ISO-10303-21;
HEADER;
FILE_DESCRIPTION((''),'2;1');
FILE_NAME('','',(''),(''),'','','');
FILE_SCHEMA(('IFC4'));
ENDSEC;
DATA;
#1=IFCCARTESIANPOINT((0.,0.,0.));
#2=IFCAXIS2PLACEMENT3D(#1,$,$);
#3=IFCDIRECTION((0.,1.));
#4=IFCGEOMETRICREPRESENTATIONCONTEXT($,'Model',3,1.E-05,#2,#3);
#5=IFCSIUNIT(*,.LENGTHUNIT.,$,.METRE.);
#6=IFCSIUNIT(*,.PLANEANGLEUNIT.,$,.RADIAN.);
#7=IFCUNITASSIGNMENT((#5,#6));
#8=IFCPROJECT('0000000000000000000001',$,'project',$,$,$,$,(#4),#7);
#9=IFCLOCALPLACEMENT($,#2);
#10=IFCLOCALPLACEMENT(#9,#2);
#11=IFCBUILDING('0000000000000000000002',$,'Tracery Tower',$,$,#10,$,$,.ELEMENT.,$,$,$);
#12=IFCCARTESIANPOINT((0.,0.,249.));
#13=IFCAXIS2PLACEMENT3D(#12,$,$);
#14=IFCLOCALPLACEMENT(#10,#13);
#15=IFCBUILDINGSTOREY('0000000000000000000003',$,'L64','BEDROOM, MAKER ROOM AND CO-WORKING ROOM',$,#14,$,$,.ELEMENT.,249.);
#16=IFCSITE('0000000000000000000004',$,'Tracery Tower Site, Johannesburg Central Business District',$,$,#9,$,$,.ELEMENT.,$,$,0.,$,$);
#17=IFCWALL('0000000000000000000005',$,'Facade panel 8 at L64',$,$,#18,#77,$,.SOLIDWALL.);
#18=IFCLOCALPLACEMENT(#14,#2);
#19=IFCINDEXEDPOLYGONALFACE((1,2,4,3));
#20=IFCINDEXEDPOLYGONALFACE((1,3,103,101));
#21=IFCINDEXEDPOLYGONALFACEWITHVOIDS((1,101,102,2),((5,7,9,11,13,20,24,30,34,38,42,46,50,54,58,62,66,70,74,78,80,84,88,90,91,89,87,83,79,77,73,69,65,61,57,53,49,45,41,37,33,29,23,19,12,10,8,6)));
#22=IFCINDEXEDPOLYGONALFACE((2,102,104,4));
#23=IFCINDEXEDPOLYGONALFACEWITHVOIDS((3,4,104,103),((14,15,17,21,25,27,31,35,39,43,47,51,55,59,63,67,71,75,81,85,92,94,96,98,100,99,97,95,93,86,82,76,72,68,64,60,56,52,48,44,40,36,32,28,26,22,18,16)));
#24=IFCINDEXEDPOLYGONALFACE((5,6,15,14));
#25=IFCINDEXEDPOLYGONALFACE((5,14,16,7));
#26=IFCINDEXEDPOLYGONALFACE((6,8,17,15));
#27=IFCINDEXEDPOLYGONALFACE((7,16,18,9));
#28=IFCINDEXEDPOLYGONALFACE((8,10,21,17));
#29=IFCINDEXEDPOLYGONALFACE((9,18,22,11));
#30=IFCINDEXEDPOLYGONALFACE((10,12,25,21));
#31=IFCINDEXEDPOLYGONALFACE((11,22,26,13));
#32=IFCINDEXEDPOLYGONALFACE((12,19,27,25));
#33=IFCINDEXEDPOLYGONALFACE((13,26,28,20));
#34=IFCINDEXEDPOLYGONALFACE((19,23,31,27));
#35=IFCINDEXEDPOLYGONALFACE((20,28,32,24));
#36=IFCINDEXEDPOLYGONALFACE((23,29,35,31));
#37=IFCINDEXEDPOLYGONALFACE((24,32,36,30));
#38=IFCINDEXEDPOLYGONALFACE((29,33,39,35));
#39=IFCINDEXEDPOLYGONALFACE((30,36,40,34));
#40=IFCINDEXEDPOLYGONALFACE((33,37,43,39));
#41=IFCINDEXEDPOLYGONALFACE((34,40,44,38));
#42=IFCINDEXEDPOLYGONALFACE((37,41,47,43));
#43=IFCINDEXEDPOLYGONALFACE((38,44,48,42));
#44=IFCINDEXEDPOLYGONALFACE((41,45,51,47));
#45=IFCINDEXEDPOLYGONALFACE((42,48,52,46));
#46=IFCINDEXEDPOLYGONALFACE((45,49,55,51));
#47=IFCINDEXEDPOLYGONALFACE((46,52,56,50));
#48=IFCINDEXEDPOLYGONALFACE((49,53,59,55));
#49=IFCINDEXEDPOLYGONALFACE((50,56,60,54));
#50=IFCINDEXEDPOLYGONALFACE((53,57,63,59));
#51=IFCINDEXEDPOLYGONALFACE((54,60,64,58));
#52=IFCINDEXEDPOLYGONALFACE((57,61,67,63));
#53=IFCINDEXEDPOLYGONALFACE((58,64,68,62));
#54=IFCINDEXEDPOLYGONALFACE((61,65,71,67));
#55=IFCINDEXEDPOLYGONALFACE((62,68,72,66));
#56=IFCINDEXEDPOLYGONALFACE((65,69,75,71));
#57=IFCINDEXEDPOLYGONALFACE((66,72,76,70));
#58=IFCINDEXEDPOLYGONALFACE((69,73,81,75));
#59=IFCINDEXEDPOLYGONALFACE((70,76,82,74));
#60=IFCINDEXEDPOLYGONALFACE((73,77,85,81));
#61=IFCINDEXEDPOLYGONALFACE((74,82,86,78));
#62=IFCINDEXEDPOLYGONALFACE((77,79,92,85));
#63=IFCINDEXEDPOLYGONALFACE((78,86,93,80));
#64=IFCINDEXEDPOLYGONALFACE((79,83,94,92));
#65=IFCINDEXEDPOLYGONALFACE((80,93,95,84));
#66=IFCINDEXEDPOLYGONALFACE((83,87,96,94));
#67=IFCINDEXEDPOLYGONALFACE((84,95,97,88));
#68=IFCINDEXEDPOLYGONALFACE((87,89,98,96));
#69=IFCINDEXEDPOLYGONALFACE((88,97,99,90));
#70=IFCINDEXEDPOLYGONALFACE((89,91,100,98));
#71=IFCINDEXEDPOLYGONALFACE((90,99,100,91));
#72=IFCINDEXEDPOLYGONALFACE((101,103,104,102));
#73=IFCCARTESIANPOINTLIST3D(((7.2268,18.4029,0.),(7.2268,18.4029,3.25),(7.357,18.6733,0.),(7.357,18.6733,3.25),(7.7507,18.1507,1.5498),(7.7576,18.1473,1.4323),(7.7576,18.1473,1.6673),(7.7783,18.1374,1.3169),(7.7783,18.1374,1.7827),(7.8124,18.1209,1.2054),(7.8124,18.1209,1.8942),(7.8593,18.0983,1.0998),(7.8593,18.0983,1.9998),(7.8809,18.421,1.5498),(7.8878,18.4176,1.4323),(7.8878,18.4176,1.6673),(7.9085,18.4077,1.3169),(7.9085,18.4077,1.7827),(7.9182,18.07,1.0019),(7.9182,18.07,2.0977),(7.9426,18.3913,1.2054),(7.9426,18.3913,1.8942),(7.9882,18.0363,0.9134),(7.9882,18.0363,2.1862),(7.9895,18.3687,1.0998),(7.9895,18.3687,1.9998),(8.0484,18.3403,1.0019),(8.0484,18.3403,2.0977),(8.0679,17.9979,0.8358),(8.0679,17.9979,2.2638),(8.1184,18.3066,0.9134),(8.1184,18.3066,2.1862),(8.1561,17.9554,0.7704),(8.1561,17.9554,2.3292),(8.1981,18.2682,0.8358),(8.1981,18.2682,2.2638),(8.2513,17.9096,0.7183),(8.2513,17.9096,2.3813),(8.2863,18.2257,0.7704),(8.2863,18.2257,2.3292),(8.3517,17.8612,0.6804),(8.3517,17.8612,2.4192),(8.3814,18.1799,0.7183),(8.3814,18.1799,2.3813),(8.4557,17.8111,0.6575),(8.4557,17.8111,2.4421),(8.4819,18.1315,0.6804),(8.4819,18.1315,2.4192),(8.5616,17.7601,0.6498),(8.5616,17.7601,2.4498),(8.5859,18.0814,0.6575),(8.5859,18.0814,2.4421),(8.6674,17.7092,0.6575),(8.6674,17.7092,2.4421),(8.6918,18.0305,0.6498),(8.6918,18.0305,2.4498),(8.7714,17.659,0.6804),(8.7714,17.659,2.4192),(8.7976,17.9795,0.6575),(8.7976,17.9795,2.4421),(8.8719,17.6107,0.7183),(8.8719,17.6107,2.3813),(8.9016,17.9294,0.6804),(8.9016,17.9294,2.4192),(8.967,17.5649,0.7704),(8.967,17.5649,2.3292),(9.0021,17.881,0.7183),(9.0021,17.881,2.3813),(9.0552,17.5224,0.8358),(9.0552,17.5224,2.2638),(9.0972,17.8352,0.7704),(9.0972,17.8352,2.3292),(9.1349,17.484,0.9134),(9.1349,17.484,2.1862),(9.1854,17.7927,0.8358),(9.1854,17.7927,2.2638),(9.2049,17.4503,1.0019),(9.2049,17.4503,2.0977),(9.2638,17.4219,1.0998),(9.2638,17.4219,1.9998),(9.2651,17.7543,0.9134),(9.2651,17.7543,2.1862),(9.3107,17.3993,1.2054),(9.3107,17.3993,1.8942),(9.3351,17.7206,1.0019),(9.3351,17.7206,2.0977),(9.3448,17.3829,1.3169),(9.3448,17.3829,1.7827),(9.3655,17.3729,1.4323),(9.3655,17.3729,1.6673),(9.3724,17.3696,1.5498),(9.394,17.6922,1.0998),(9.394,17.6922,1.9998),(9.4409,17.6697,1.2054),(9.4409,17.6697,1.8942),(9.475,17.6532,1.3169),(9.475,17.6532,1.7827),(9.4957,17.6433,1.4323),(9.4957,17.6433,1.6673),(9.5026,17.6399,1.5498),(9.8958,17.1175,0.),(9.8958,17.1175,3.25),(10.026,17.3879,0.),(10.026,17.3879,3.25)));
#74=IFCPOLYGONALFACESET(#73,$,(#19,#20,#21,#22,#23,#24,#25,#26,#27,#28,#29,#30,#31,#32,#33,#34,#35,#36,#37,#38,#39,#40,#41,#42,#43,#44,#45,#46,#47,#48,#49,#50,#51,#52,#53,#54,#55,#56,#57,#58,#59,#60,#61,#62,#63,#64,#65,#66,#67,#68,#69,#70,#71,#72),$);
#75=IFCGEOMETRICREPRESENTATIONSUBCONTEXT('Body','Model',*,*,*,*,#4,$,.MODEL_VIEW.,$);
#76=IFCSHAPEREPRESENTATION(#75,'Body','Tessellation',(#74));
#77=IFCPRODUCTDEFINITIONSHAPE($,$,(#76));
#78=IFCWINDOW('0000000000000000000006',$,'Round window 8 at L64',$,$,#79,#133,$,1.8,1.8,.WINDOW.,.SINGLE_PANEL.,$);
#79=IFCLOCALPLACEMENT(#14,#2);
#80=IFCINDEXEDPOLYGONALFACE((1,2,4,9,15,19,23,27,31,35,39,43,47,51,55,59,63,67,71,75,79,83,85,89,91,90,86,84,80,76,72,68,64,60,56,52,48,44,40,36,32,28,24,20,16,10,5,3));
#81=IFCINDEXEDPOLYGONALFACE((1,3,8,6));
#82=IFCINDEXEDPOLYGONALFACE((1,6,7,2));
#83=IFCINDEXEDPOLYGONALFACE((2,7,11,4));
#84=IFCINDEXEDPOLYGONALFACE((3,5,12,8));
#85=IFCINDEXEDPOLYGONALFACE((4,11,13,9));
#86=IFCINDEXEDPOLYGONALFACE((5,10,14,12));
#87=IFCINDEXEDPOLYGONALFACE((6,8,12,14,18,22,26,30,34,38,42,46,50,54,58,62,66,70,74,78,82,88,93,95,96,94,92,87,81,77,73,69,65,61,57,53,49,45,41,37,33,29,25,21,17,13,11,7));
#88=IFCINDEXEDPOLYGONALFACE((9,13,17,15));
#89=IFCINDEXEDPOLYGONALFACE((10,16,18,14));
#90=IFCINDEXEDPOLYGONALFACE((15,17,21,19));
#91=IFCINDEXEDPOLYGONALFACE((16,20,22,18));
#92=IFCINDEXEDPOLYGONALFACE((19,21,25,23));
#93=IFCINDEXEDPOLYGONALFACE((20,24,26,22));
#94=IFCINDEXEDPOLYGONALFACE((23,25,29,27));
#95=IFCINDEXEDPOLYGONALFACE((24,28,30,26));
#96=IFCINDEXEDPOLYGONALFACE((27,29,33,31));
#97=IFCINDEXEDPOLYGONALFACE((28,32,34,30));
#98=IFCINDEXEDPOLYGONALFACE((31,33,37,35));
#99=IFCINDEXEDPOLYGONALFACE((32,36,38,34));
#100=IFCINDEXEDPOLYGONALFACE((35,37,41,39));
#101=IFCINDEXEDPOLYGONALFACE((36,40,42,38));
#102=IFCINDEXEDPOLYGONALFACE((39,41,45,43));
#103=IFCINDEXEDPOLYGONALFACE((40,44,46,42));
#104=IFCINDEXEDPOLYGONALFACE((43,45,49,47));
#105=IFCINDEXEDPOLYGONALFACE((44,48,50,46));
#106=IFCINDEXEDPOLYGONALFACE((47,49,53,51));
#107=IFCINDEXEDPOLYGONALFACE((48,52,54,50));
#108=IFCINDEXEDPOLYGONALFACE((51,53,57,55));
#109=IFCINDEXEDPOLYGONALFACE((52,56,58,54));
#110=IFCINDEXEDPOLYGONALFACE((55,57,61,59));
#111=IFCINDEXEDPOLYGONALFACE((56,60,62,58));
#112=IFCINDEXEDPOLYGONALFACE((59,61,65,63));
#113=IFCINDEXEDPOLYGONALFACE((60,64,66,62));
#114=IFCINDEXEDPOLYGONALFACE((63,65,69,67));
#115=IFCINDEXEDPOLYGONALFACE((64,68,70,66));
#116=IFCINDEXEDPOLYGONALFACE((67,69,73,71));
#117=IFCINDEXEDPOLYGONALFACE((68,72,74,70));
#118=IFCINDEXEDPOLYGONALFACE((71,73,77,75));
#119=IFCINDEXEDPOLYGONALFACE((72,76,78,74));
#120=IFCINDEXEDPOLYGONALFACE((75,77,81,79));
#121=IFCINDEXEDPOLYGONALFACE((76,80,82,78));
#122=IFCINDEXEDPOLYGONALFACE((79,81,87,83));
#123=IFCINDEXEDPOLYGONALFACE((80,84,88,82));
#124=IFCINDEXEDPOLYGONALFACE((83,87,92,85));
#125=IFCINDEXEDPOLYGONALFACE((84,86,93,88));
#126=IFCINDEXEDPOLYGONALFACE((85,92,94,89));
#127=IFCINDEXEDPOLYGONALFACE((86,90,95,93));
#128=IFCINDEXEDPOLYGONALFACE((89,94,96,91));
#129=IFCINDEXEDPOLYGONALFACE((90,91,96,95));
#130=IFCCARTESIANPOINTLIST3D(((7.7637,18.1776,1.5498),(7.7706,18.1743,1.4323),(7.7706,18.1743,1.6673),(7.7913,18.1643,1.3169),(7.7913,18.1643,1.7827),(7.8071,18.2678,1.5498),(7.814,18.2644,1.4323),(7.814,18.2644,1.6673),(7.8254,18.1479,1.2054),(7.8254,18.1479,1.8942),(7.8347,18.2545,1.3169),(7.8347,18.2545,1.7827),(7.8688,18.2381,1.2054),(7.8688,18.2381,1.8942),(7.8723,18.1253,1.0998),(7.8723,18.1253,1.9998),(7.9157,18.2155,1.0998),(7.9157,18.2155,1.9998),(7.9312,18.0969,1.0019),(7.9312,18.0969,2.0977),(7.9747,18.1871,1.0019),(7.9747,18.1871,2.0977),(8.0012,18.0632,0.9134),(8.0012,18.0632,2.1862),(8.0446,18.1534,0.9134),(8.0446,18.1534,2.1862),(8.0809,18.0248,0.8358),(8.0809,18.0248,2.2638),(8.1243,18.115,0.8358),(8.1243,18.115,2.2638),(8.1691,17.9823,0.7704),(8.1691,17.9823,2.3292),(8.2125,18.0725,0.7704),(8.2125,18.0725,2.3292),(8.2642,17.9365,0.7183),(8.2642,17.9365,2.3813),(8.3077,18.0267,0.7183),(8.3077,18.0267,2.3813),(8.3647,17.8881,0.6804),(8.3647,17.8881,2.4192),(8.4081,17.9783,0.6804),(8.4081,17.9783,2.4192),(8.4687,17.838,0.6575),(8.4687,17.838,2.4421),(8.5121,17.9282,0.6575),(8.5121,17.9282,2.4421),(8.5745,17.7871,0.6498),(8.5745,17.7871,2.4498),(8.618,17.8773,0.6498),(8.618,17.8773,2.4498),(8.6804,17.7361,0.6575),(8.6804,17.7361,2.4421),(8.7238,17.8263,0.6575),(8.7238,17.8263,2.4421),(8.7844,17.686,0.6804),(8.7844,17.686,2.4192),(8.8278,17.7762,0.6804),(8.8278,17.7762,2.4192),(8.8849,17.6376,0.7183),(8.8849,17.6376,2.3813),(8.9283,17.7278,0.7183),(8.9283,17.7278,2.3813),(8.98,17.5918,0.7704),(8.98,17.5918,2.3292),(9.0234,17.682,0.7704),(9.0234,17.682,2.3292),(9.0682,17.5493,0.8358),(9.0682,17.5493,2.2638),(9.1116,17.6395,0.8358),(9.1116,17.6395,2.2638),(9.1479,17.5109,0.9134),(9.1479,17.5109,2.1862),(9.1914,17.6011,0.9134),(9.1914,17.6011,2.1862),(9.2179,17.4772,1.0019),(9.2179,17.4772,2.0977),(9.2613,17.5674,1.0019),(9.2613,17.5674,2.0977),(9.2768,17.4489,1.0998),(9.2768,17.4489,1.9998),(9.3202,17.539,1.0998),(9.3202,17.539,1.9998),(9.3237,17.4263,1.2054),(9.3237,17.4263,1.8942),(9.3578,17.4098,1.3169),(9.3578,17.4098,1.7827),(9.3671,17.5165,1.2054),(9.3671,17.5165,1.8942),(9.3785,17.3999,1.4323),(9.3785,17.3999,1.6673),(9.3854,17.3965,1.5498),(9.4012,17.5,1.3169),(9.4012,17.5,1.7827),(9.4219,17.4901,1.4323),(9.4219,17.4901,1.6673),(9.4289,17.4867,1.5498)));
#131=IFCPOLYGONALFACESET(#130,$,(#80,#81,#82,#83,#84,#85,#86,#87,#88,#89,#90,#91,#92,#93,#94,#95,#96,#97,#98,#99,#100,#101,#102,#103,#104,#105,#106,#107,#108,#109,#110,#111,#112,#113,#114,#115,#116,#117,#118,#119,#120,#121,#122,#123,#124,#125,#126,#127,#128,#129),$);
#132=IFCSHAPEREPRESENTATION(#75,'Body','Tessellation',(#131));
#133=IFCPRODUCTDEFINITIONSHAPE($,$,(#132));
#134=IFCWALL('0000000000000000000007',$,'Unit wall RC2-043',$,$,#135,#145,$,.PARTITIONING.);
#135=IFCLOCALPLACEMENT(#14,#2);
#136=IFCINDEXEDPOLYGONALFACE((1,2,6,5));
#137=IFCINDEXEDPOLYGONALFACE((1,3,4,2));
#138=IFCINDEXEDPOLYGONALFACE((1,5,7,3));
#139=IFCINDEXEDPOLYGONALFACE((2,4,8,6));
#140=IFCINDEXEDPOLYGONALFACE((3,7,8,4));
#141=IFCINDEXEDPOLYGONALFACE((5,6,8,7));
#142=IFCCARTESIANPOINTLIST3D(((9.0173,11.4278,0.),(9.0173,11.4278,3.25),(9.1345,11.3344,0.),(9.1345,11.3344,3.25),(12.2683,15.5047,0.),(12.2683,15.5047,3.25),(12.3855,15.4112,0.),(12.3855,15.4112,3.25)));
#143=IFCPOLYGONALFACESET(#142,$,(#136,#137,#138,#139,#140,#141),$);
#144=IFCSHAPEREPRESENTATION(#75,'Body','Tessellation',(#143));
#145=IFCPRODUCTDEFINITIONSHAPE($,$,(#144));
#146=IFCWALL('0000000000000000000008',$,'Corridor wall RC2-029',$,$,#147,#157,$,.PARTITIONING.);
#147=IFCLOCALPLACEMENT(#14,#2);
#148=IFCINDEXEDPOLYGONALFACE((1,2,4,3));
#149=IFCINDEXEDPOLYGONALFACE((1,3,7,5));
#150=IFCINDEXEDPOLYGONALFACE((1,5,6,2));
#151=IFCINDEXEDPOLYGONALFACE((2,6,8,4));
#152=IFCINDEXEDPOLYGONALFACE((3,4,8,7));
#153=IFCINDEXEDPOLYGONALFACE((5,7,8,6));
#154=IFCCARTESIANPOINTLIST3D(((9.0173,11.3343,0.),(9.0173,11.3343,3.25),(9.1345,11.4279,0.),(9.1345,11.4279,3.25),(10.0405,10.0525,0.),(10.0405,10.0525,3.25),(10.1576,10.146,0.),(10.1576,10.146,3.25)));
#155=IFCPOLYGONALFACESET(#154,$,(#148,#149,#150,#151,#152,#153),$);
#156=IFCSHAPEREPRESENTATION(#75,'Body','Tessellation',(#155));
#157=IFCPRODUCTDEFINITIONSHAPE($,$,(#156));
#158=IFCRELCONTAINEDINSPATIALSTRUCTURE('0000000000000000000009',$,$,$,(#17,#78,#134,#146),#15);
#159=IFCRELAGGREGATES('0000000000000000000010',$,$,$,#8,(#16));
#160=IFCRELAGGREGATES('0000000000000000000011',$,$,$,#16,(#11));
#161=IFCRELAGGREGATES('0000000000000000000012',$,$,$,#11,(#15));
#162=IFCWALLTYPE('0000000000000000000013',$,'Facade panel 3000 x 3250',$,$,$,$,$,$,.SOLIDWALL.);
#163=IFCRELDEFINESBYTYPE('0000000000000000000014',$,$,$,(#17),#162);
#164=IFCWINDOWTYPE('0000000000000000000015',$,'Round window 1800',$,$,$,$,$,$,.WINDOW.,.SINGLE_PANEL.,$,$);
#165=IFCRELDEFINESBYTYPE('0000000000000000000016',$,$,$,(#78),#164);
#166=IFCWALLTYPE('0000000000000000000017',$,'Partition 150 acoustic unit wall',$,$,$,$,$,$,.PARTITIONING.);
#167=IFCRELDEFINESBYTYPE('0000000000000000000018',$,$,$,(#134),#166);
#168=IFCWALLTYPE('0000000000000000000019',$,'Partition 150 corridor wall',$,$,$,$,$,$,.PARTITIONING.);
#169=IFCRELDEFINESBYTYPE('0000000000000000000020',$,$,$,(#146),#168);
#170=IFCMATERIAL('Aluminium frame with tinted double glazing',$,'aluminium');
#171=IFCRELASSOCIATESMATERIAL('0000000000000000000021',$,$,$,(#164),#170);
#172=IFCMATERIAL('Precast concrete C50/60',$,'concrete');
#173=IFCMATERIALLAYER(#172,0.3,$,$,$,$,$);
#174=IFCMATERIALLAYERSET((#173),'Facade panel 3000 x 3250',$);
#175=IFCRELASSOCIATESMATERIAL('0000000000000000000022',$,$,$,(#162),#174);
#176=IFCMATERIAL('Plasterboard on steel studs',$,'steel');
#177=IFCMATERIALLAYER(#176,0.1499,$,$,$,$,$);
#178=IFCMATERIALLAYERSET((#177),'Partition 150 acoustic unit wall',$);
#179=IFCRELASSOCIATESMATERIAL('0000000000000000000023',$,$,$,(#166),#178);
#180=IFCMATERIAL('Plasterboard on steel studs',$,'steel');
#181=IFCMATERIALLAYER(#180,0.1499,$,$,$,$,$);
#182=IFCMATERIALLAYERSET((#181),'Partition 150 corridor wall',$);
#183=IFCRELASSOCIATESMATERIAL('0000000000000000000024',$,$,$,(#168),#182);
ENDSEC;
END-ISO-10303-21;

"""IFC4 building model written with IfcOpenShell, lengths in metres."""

from ifc_helpers import new_model, si_unit, direction, frame, frame_2d, origin, origin_2d, place, context, subcontext, project, spatial, rectangle, circle, extrude, material, layer, layer_set, type_object, element, fill, save


model = new_model("IFC4")

# Units and contexts
model_context = context("Model", 3, precision=1e-05, world=origin(), true_north=direction((0.0, 1.0)))
body_context = subcontext(model_context, "Body", "Model", "MODEL_VIEW")
ifc_project = project(units=[si_unit("LENGTHUNIT", "METRE"), si_unit("PLANEANGLEUNIT", "RADIAN")], contexts=[model_context])

# Site, building, storey
site_placement = place(None, origin())
site = spatial("IfcSite", under=ifc_project, at=site_placement, Name="Tracery Tower Site, Johannesburg Central Business District", CompositionType="ELEMENT", RefElevation=0.0)
building_placement = place(site_placement, origin())
building = spatial("IfcBuilding", under=site, at=building_placement, Name="Tracery Tower", CompositionType="ELEMENT")
storey_placement = place(building_placement, frame((0.0, 0.0, 249.0)))
storey = spatial("IfcBuildingStorey", under=building, at=storey_placement, Name="L64", Description="BEDROOM, MAKER ROOM AND CO-WORKING ROOM", CompositionType="ELEMENT", Elevation=249.0)

# Wall, opening, window
ifc_material_1 = material(Name="Aluminium frame with tinted double glazing", Category="aluminium")
window_type = type_object("IfcWindowType", Name="Round window 1800", PartitioningType="SINGLE_PANEL", PredefinedType="WINDOW", material=ifc_material_1)
ifc_material_2 = material(Name="Precast concrete C50/60", Category="concrete")
ifc_layer_1 = layer(ifc_material_2, 0.3)
ifc_layer_set_1 = layer_set([ifc_layer_1], Name="Facade panel 3000 x 3250")
wall_type_1 = type_object("IfcWallType", Name="Facade panel 3000 x 3250", PredefinedType="SOLIDWALL", material=ifc_layer_set_1)
wall_1_placement = place(storey_placement, frame((9.9609, 17.2527, 0.0), z_axis=(0.0, 0.0, 1.0), x_axis=(-0.900955, 0.433912, 0.0)))
wall_1 = element("IfcWall", 1, at=wall_1_placement, inside=storey, type_object=wall_type_1, Name="Facade panel 8 at L64", PredefinedType="SOLIDWALL", context=body_context, shape_type="SweptSolid", body=[
    extrude(rectangle(XDim=2.9624, YDim=0.3, at=frame_2d((1.4812, 0.0))), origin(), (0.0, 0.0, 1.0), 3.25),
])
opening_1_placement = place(wall_1_placement, frame((1.481, 0.0, 1.5498)))
opening_1 = element("IfcOpeningElement", 2, at=opening_1_placement, cuts=wall_1, PredefinedType="OPENING", context=body_context, shape_type="SweptSolid", body=[
    extrude(circle(Radius=0.9, at=origin_2d()), frame((0.0, 0.1599, 0.0), z_axis=(0.0, -1.0, 0.0), x_axis=(1.0, 0.0, 0.0)), (0.0, 0.0, 1.0), 0.3201),
])
window_1_placement = place(opening_1_placement, origin())
window_1 = element("IfcWindow", 3, at=window_1_placement, inside=storey, type_object=window_type, Name="Round window 8 at L64", OverallHeight=1.8, OverallWidth=1.8, PartitioningType="SINGLE_PANEL", PredefinedType="WINDOW", context=body_context, shape_type="SweptSolid", body=[
    extrude(circle(Radius=0.9, at=origin_2d()), frame((0.0, 0.1201, 0.0), z_axis=(0.0, -1.0, 0.0), x_axis=(1.0, 0.0, 0.0)), (0.0, 0.0, 1.0), 0.1001),
])
fill(opening_1, window_1)

# Walls
ifc_material_3 = material(Name="Plasterboard on steel studs", Category="steel")
ifc_layer_2 = layer(ifc_material_3, 0.1499)
ifc_layer_set_2 = layer_set([ifc_layer_2], Name="Partition 150 acoustic unit wall")
wall_type_2 = type_object("IfcWallType", Name="Partition 150 acoustic unit wall", PredefinedType="PARTITIONING", material=ifc_layer_set_2)
wall_2_placement = place(storey_placement, frame((9.0759, 11.3811, 0.0), z_axis=(0.0, 0.0, 1.0), x_axis=(0.623461, 0.781854, 0.0)))
element("IfcWall", 4, at=wall_2_placement, inside=storey, type_object=wall_type_2, Name="Unit wall RC2-043", PredefinedType="PARTITIONING", context=body_context, shape_type="SweptSolid", body=[
    extrude(rectangle(XDim=5.2144, YDim=0.1499, at=frame_2d((2.6072, 0.0))), origin(), (0.0, 0.0, 1.0), 3.25),
])
ifc_material_4 = material(Name="Plasterboard on steel studs", Category="steel")
ifc_layer_3 = layer(ifc_material_4, 0.1499)
ifc_layer_set_3 = layer_set([ifc_layer_3], Name="Partition 150 corridor wall")
wall_type_3 = type_object("IfcWallType", Name="Partition 150 corridor wall", PredefinedType="PARTITIONING", material=ifc_layer_set_3)
wall_3_placement = place(storey_placement, frame((9.0759, 11.3811, 0.0), z_axis=(0.0, 0.0, 1.0), x_axis=(0.623805, -0.78158, 0.0)))
element("IfcWall", 5, at=wall_3_placement, inside=storey, type_object=wall_type_3, Name="Corridor wall RC2-029", PredefinedType="PARTITIONING", context=body_context, shape_type="SweptSolid", body=[
    extrude(rectangle(XDim=1.6401, YDim=0.1499, at=frame_2d((0.8201, 0.0))), origin(), (0.0, 0.0, 1.0), 3.25),
])

save(model, "model.ifc")
